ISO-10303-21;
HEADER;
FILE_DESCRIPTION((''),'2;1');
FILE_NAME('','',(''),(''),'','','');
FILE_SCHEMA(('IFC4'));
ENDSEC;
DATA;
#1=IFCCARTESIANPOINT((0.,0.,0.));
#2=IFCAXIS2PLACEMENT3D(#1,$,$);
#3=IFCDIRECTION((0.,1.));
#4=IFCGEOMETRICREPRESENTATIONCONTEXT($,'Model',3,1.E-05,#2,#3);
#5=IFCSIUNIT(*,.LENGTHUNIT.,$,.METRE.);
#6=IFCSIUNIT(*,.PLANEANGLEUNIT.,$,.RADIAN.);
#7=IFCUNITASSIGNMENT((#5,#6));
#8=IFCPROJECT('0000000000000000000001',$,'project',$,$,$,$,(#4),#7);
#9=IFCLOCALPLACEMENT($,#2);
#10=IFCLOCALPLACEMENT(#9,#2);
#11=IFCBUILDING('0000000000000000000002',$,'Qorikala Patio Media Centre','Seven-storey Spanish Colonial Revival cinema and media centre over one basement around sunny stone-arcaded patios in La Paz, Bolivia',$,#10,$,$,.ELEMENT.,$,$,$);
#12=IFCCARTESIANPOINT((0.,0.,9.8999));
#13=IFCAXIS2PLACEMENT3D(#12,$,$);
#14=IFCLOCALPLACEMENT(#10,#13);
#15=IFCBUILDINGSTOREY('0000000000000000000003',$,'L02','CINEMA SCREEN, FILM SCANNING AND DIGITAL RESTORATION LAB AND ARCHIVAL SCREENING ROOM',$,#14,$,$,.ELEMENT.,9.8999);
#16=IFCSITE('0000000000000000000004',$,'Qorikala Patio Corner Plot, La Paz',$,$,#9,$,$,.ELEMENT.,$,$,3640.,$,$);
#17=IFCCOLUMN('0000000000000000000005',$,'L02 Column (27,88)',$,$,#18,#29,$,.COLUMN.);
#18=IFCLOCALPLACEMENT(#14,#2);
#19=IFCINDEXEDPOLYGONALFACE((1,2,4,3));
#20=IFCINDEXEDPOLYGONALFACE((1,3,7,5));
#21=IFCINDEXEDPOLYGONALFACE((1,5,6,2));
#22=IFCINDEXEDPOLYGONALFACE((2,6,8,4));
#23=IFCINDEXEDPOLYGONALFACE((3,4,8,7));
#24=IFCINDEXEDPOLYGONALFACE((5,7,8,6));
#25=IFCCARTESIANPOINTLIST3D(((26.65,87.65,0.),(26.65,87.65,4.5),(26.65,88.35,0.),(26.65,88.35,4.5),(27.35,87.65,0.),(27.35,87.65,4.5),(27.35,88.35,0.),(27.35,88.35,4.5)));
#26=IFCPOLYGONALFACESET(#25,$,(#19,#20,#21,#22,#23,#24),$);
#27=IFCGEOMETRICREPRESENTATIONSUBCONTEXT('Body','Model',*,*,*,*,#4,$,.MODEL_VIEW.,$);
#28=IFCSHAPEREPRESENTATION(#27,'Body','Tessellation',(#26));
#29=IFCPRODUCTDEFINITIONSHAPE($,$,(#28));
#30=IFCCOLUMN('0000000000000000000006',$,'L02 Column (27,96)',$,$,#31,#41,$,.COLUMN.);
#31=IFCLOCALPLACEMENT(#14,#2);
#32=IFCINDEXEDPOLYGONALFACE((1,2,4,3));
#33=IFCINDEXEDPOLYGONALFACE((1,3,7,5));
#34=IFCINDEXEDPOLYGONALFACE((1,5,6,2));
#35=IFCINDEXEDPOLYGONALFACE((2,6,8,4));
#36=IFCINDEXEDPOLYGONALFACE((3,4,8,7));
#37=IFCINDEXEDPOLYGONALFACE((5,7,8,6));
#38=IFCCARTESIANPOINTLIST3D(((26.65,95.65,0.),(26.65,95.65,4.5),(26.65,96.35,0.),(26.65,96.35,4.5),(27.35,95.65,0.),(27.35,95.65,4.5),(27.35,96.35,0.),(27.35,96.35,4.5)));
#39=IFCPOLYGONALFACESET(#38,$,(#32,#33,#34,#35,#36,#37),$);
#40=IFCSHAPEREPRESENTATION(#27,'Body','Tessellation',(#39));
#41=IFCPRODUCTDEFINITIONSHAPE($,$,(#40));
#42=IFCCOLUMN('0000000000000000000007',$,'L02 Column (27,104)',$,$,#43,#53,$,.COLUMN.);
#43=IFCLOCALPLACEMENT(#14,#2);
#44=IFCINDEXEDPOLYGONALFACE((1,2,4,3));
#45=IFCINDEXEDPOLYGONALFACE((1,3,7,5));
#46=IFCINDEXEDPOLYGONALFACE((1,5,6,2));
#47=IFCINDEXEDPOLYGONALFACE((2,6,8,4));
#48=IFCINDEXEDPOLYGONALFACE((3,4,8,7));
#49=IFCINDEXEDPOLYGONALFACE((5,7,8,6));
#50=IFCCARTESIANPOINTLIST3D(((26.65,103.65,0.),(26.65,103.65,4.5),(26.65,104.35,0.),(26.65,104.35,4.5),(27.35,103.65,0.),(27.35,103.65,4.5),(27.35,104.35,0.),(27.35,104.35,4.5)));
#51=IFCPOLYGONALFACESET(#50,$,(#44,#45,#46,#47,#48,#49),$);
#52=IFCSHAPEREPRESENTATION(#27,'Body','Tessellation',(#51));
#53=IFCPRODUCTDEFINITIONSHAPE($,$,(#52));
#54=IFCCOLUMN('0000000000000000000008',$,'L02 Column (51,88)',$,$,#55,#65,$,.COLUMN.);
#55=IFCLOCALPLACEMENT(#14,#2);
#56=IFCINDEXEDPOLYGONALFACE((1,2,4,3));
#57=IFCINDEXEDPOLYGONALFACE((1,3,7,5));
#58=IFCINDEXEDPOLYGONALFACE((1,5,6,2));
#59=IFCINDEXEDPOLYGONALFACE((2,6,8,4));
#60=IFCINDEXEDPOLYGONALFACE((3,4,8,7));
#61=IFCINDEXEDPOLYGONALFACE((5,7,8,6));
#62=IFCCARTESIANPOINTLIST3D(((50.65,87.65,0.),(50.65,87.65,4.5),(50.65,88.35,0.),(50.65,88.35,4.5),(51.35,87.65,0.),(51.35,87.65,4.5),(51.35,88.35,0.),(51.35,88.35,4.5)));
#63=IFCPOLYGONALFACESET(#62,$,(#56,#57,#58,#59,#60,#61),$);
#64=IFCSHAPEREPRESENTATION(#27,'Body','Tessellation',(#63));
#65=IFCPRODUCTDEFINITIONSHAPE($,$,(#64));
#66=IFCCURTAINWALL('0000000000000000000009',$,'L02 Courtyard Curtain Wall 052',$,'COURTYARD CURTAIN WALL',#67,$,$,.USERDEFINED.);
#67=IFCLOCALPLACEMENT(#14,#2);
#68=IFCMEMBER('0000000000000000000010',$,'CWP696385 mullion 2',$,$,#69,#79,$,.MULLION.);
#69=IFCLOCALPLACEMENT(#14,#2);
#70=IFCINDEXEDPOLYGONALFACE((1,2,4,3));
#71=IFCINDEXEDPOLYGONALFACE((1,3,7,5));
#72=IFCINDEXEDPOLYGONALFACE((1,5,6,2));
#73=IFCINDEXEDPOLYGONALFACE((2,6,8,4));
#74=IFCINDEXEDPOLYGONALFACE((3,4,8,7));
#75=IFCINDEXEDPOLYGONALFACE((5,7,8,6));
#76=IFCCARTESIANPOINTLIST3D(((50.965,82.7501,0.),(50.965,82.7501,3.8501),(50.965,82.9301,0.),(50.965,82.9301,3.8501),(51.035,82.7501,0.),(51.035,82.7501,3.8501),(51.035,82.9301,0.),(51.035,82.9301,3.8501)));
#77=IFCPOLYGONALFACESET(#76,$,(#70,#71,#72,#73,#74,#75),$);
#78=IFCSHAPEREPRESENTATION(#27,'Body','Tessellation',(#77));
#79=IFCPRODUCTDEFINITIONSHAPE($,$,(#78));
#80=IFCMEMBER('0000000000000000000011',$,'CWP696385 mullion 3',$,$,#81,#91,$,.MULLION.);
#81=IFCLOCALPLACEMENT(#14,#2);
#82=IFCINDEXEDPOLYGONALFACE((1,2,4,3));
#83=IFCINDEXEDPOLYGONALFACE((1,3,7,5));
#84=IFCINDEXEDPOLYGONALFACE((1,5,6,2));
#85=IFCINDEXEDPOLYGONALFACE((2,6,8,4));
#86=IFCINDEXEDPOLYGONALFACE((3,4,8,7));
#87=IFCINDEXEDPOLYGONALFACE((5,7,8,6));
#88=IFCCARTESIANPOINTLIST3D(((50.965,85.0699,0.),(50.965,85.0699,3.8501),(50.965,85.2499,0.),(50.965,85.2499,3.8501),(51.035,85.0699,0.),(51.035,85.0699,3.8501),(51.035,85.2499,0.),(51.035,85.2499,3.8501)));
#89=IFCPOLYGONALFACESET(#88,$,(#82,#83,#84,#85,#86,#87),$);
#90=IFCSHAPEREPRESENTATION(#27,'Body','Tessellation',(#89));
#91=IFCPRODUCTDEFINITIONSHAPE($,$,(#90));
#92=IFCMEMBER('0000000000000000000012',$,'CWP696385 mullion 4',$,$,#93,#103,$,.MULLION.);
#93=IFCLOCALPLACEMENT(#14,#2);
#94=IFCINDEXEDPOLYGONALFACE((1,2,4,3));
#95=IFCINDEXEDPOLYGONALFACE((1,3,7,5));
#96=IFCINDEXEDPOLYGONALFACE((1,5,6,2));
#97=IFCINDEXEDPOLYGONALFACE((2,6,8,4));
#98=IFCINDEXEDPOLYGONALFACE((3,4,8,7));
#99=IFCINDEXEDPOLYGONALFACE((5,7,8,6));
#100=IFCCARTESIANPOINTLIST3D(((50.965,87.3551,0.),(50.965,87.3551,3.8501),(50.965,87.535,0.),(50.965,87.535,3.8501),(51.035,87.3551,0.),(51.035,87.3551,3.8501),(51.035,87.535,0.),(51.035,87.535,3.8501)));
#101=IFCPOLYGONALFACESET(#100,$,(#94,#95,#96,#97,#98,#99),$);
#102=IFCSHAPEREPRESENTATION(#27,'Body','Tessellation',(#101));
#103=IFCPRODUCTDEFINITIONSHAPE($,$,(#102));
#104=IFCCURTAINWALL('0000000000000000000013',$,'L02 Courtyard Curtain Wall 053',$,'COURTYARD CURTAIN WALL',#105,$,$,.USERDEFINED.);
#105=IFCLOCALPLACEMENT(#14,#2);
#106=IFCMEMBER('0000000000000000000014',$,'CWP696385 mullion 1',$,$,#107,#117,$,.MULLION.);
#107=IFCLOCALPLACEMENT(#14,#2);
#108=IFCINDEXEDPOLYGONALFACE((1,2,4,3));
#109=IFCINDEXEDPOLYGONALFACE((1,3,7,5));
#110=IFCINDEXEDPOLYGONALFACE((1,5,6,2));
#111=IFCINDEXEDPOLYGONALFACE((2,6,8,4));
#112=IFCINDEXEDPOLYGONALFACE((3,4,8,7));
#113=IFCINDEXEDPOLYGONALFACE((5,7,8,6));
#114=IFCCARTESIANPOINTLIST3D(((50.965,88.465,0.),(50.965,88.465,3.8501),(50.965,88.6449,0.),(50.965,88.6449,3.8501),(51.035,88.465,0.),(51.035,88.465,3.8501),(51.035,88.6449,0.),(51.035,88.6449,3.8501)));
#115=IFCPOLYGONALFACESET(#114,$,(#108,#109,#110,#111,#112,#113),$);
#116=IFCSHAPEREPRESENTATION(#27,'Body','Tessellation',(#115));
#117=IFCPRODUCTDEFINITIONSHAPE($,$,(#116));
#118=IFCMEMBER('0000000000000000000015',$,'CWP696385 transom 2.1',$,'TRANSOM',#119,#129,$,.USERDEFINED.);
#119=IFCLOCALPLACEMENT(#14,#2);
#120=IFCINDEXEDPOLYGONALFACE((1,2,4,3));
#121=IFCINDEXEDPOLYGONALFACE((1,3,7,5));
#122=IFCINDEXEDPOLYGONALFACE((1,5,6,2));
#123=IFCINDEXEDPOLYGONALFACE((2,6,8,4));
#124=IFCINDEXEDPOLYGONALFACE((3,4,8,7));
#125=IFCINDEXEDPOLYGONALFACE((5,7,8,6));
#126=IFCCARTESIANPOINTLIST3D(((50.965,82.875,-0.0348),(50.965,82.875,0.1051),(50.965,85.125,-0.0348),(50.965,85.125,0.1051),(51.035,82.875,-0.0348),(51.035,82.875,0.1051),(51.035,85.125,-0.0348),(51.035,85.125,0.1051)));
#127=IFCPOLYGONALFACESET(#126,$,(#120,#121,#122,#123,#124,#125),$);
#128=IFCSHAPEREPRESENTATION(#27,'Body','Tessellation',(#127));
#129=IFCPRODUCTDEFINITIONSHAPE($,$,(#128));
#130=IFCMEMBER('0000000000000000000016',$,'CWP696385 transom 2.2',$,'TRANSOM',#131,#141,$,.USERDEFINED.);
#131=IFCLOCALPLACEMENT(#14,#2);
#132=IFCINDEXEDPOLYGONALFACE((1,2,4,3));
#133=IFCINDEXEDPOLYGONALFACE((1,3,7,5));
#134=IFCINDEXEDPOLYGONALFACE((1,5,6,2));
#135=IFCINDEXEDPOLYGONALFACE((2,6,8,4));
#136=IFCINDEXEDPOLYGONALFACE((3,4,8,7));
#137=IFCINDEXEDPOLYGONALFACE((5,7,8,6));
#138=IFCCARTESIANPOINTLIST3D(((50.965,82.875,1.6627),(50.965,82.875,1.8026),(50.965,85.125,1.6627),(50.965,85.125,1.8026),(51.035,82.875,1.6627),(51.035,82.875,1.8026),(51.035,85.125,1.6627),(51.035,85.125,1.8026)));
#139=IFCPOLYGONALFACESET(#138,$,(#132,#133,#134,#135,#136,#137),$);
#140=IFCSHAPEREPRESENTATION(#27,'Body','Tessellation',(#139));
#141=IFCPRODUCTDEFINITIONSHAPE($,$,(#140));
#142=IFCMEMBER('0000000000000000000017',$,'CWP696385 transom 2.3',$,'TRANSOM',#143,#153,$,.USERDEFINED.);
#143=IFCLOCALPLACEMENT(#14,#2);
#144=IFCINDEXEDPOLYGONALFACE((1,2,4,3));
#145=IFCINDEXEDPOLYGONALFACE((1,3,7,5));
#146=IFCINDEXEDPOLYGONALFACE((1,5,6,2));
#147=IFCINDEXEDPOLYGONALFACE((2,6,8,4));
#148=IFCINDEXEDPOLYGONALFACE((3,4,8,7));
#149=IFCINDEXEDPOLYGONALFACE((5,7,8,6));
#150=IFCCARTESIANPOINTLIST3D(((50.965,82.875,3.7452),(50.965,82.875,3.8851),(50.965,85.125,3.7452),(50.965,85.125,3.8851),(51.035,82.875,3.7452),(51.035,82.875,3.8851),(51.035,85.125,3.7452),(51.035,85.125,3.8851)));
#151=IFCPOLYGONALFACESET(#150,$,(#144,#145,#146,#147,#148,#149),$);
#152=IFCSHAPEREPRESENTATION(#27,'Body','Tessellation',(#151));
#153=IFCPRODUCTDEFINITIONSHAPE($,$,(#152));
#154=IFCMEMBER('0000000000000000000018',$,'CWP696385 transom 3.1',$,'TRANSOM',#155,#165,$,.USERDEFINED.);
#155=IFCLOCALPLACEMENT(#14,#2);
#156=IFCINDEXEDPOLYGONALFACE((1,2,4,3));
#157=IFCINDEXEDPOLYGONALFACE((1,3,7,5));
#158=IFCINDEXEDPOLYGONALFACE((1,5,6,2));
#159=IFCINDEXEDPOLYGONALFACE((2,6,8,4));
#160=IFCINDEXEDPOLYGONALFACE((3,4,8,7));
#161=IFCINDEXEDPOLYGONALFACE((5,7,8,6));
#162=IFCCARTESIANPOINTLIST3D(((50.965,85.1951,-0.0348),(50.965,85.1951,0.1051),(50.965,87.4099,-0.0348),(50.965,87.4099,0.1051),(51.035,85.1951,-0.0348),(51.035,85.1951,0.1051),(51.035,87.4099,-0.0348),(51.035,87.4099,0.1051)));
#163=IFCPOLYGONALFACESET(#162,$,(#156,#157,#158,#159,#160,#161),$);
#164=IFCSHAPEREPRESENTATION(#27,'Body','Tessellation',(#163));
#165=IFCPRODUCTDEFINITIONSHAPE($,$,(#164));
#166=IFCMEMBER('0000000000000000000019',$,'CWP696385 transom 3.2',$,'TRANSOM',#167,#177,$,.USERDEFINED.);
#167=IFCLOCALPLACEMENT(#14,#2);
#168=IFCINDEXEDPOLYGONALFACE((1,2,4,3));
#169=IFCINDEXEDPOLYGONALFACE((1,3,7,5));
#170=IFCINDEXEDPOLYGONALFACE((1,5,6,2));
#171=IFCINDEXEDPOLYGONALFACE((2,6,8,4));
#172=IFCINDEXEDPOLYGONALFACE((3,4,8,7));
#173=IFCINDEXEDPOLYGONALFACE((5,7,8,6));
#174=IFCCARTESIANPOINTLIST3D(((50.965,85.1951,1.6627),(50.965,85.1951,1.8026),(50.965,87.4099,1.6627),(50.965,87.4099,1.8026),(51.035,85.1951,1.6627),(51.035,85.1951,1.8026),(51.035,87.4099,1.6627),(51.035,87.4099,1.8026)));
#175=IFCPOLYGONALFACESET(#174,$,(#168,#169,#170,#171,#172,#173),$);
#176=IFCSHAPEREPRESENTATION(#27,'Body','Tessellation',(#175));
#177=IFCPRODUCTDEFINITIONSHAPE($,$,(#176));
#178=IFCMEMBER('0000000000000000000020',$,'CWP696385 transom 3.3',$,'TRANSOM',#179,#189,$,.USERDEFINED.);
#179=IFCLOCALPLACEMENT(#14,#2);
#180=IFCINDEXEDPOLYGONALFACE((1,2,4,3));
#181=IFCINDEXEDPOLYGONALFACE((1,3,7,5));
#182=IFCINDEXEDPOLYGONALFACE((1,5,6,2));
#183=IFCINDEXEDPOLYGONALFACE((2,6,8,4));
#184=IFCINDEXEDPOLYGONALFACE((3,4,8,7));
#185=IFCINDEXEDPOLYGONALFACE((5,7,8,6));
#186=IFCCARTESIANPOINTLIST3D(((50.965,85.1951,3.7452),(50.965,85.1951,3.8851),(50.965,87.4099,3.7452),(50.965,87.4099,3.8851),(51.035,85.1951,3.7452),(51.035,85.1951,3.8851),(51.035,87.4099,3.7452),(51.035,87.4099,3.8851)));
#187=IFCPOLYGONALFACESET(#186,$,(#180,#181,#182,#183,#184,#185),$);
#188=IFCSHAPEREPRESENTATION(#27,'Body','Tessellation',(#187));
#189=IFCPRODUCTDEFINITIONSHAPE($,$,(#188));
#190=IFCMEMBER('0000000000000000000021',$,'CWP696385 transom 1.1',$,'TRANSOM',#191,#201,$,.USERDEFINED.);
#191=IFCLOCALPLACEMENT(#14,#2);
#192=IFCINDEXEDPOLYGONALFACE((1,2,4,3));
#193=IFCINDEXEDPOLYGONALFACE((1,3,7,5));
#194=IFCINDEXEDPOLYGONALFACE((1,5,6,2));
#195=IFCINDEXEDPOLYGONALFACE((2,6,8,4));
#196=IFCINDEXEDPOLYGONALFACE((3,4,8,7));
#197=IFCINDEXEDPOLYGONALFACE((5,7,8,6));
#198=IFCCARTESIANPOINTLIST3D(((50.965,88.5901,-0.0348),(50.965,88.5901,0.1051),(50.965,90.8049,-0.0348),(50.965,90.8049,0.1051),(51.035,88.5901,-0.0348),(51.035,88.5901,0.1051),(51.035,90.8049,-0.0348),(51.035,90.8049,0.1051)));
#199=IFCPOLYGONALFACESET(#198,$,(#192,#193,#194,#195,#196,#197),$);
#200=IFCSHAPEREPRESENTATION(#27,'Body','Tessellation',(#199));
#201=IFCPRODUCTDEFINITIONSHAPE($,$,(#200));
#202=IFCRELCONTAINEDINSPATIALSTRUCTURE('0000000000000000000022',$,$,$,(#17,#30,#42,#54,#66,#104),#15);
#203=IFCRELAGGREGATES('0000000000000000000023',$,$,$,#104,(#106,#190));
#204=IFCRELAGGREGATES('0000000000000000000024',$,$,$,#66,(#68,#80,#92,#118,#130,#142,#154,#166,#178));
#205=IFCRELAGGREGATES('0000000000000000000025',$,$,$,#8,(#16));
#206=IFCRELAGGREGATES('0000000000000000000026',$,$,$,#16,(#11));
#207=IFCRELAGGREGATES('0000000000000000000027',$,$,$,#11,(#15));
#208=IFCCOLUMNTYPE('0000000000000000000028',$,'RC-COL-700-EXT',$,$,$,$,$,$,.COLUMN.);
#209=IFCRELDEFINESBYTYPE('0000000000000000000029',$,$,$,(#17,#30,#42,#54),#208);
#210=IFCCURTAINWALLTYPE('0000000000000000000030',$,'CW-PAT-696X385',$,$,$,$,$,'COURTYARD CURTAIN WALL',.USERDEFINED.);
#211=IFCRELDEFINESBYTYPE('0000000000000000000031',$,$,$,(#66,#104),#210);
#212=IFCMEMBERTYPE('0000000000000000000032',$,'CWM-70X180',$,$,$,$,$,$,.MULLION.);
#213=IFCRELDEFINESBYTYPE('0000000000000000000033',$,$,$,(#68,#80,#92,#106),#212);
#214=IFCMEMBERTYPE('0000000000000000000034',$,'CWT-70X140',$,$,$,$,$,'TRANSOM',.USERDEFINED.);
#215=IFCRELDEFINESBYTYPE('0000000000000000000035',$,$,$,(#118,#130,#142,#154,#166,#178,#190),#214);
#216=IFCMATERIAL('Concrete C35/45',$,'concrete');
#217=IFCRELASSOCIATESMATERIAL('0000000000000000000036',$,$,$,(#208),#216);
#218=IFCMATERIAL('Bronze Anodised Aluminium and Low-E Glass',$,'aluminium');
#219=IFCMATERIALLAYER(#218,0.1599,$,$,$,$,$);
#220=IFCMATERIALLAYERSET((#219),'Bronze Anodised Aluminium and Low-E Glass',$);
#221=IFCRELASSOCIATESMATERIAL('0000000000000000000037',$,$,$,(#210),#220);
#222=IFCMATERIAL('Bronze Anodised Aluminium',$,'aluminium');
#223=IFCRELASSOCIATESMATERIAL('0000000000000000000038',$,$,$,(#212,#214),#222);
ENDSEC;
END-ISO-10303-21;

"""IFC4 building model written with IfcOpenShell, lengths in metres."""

from ifc_helpers import new_model, si_unit, direction, frame, origin, origin_2d, place, context, subcontext, project, spatial, rectangle, extrude, material, layer, layer_set, material_profile, profile_set, type_object, element, aggregate, save


model = new_model("IFC4")

# Units and contexts
model_context = context("Model", 3, precision=1e-05, world=origin(), true_north=direction((0.0, 1.0)))
body_context = subcontext(model_context, "Body", "Model", "MODEL_VIEW")
ifc_project = project(units=[si_unit("LENGTHUNIT", "METRE"), si_unit("PLANEANGLEUNIT", "RADIAN")], contexts=[model_context])

# Site, building, storey
site_placement = place(None, origin())
site = spatial("IfcSite", under=ifc_project, at=site_placement, Name="Qorikala Patio Corner Plot, La Paz", CompositionType="ELEMENT", RefElevation=3640.0)
building_placement = place(site_placement, origin())
building = spatial("IfcBuilding", under=site, at=building_placement, Name="Qorikala Patio Media Centre", Description="Seven-storey Spanish Colonial Revival cinema and media centre over one basement around sunny stone-arcaded patios in La Paz, Bolivia", CompositionType="ELEMENT")
storey_placement = place(building_placement, frame((0.0, 0.0, 9.8999)))
storey = spatial("IfcBuildingStorey", under=building, at=storey_placement, Name="L02", Description="CINEMA SCREEN, FILM SCANNING AND DIGITAL RESTORATION LAB AND ARCHIVAL SCREENING ROOM", CompositionType="ELEMENT", Elevation=9.8999)

# Columns
ifc_material_1 = material(Name="Concrete C35/45", Category="concrete")
ifc_material_profile_1 = material_profile(ifc_material_1, rectangle(XDim=0.7, YDim=0.7, at=origin_2d()), Name="RC 700x700")
ifc_profile_set_1 = profile_set([ifc_material_profile_1], Name="Concrete C35/45")
column_type = type_object("IfcColumnType", Name="RC-COL-700-EXT", PredefinedType="COLUMN", material=ifc_profile_set_1)
for number, where, z_axis, x_axis, name in (
    (1, (27.0, 88.0, 0.0), (0.0, 0.0, 1.0), (1.0, 0.0, 0.0), "L02 Column (27,88)"),
    (2, (27.0, 96.0, 0.0), (0.0, 0.0, 1.0), (1.0, 0.0, 0.0), "L02 Column (27,96)"),
    (3, (27.0, 104.0, 0.0), (0.0, 0.0, 1.0), (1.0, 0.0, 0.0), "L02 Column (27,104)"),
    (4, (51.0, 88.0, 0.0), (0.0, 0.0, 1.0), (1.0, 0.0, 0.0), "L02 Column (51,88)"),
):
    element("IfcColumn", number, at=place(storey_placement, frame(where, z_axis=z_axis, x_axis=x_axis)), inside=storey, type_object=column_type, Name=name, PredefinedType="COLUMN", context=body_context, shape_type="SweptSolid", body=[
        extrude(rectangle(XDim=0.7, YDim=0.7, at=origin_2d()), origin(), (0.0, 0.0, 1.0), 4.5),
    ])

# Curtain wall, members
ifc_material_2 = material(Name="Bronze Anodised Aluminium and Low-E Glass", Category="aluminium")
ifc_layer_1 = layer(ifc_material_2, 0.1599)
ifc_layer_set_1 = layer_set([ifc_layer_1], Name="Bronze Anodised Aluminium and Low-E Glass")
curtain_wall_type = type_object("IfcCurtainWallType", Name="CW-PAT-696X385", ElementType="COURTYARD CURTAIN WALL", PredefinedType="USERDEFINED", material=ifc_layer_set_1)
curtain_wall_1_placement = place(storey_placement, origin())
curtain_wall_1 = element("IfcCurtainWall", 5, at=curtain_wall_1_placement, inside=storey, type_object=curtain_wall_type, Name="L02 Courtyard Curtain Wall 052", ObjectType="COURTYARD CURTAIN WALL", PredefinedType="USERDEFINED")
ifc_material_3 = material(Name="Bronze Anodised Aluminium", Category="aluminium")
ifc_material_profile_2 = material_profile(ifc_material_3, rectangle(XDim=0.0701, YDim=0.1799, at=origin_2d()), Name="ALU MULLION 70x180")
ifc_profile_set_2 = profile_set([ifc_material_profile_2], Name="Bronze Anodised Aluminium")
member_type_1 = type_object("IfcMemberType", Name="CWM-70X180", PredefinedType="MULLION", material=ifc_profile_set_2)
member_1_placement = place(storey_placement, frame((51.0, 82.8401, 0.0), z_axis=(0.0, 0.0, 1.0), x_axis=(-1.0, 0.0, 0.0)))
member_1 = element("IfcMember", 6, at=member_1_placement, type_object=member_type_1, Name="CWP696385 mullion 2", PredefinedType="MULLION", context=body_context, shape_type="SweptSolid", body=[
    extrude(rectangle(XDim=0.0701, YDim=0.1799, at=origin_2d()), origin(), (0.0, 0.0, 1.0), 3.8501),
])
member_2_placement = place(storey_placement, frame((51.0, 85.1599, 0.0), z_axis=(0.0, 0.0, 1.0), x_axis=(-1.0, 0.0, 0.0)))
member_2 = element("IfcMember", 7, at=member_2_placement, type_object=member_type_1, Name="CWP696385 mullion 3", PredefinedType="MULLION", context=body_context, shape_type="SweptSolid", body=[
    extrude(rectangle(XDim=0.0701, YDim=0.1799, at=origin_2d()), origin(), (0.0, 0.0, 1.0), 3.8501),
])
member_3_placement = place(storey_placement, frame((51.0, 87.4451, 0.0), z_axis=(0.0, 0.0, 1.0), x_axis=(-1.0, 0.0, 0.0)))
member_3 = element("IfcMember", 8, at=member_3_placement, type_object=member_type_1, Name="CWP696385 mullion 4", PredefinedType="MULLION", context=body_context, shape_type="SweptSolid", body=[
    extrude(rectangle(XDim=0.0701, YDim=0.1799, at=origin_2d()), origin(), (0.0, 0.0, 1.0), 3.8501),
])

# Curtain wall, member
curtain_wall_2_placement = place(storey_placement, origin())
curtain_wall_2 = element("IfcCurtainWall", 9, at=curtain_wall_2_placement, inside=storey, type_object=curtain_wall_type, Name="L02 Courtyard Curtain Wall 053", ObjectType="COURTYARD CURTAIN WALL", PredefinedType="USERDEFINED")
member_4_placement = place(storey_placement, frame((51.0, 88.5549, 0.0), z_axis=(0.0, 0.0, 1.0), x_axis=(-1.0, 0.0, 0.0)))
member_4 = element("IfcMember", 10, at=member_4_placement, type_object=member_type_1, Name="CWP696385 mullion 1", PredefinedType="MULLION", context=body_context, shape_type="SweptSolid", body=[
    extrude(rectangle(XDim=0.0701, YDim=0.1799, at=origin_2d()), origin(), (0.0, 0.0, 1.0), 3.8501),
])

# Members
ifc_material_profile_3 = material_profile(ifc_material_3, rectangle(XDim=0.0701, YDim=0.1399, at=origin_2d()), Name="ALU TRANSOM 70x140")
ifc_profile_set_3 = profile_set([ifc_material_profile_3], Name="Bronze Anodised Aluminium")
member_type_2 = type_object("IfcMemberType", Name="CWT-70X140", ElementType="TRANSOM", PredefinedType="USERDEFINED", material=ifc_profile_set_3)
member_5_placement = place(storey_placement, frame((51.0, 82.875, 0.0352), z_axis=(0.0, 1.0, 0.0), x_axis=(-1.0, 0.0, 0.0)))
member_5 = element("IfcMember", 11, at=member_5_placement, type_object=member_type_2, Name="CWP696385 transom 2.1", ObjectType="TRANSOM", PredefinedType="USERDEFINED", context=body_context, shape_type="SweptSolid", body=[
    extrude(rectangle(XDim=0.0701, YDim=0.1399, at=origin_2d()), origin(), (0.0, 0.0, 1.0), 2.25),
])
member_6_placement = place(storey_placement, frame((51.0, 82.875, 1.7327), z_axis=(0.0, 1.0, 0.0), x_axis=(-1.0, 0.0, 0.0)))
member_6 = element("IfcMember", 12, at=member_6_placement, type_object=member_type_2, Name="CWP696385 transom 2.2", ObjectType="TRANSOM", PredefinedType="USERDEFINED", context=body_context, shape_type="SweptSolid", body=[
    extrude(rectangle(XDim=0.0701, YDim=0.1399, at=origin_2d()), origin(), (0.0, 0.0, 1.0), 2.25),
])
member_7_placement = place(storey_placement, frame((51.0, 82.875, 3.8152), z_axis=(0.0, 1.0, 0.0), x_axis=(-1.0, 0.0, 0.0)))
member_7 = element("IfcMember", 13, at=member_7_placement, type_object=member_type_2, Name="CWP696385 transom 2.3", ObjectType="TRANSOM", PredefinedType="USERDEFINED", context=body_context, shape_type="SweptSolid", body=[
    extrude(rectangle(XDim=0.0701, YDim=0.1399, at=origin_2d()), origin(), (0.0, 0.0, 1.0), 2.25),
])
member_8_placement = place(storey_placement, frame((51.0, 85.1951, 0.0352), z_axis=(0.0, 1.0, 0.0), x_axis=(-1.0, 0.0, 0.0)))
member_8 = element("IfcMember", 14, at=member_8_placement, type_object=member_type_2, Name="CWP696385 transom 3.1", ObjectType="TRANSOM", PredefinedType="USERDEFINED", context=body_context, shape_type="SweptSolid", body=[
    extrude(rectangle(XDim=0.0701, YDim=0.1399, at=origin_2d()), origin(), (0.0, 0.0, 1.0), 2.2148),
])
member_9_placement = place(storey_placement, frame((51.0, 85.1951, 1.7327), z_axis=(0.0, 1.0, 0.0), x_axis=(-1.0, 0.0, 0.0)))
member_9 = element("IfcMember", 15, at=member_9_placement, type_object=member_type_2, Name="CWP696385 transom 3.2", ObjectType="TRANSOM", PredefinedType="USERDEFINED", context=body_context, shape_type="SweptSolid", body=[
    extrude(rectangle(XDim=0.0701, YDim=0.1399, at=origin_2d()), origin(), (0.0, 0.0, 1.0), 2.2148),
])
member_10_placement = place(storey_placement, frame((51.0, 85.1951, 3.8152), z_axis=(0.0, 1.0, 0.0), x_axis=(-1.0, 0.0, 0.0)))
member_10 = element("IfcMember", 16, at=member_10_placement, type_object=member_type_2, Name="CWP696385 transom 3.3", ObjectType="TRANSOM", PredefinedType="USERDEFINED", context=body_context, shape_type="SweptSolid", body=[
    extrude(rectangle(XDim=0.0701, YDim=0.1399, at=origin_2d()), origin(), (0.0, 0.0, 1.0), 2.2148),
])
member_11_placement = place(storey_placement, frame((51.0, 88.5901, 0.0352), z_axis=(0.0, 1.0, 0.0), x_axis=(-1.0, 0.0, 0.0)))
member_11 = element("IfcMember", 17, at=member_11_placement, type_object=member_type_2, Name="CWP696385 transom 1.1", ObjectType="TRANSOM", PredefinedType="USERDEFINED", context=body_context, shape_type="SweptSolid", body=[
    extrude(rectangle(XDim=0.0701, YDim=0.1399, at=origin_2d()), origin(), (0.0, 0.0, 1.0), 2.2148),
])
aggregate(curtain_wall_2, [member_4, member_11])

aggregate(curtain_wall_1, [member_1, member_2, member_3, member_5, member_6, member_7, member_8, member_9, member_10])

save(model, "model.ifc")
